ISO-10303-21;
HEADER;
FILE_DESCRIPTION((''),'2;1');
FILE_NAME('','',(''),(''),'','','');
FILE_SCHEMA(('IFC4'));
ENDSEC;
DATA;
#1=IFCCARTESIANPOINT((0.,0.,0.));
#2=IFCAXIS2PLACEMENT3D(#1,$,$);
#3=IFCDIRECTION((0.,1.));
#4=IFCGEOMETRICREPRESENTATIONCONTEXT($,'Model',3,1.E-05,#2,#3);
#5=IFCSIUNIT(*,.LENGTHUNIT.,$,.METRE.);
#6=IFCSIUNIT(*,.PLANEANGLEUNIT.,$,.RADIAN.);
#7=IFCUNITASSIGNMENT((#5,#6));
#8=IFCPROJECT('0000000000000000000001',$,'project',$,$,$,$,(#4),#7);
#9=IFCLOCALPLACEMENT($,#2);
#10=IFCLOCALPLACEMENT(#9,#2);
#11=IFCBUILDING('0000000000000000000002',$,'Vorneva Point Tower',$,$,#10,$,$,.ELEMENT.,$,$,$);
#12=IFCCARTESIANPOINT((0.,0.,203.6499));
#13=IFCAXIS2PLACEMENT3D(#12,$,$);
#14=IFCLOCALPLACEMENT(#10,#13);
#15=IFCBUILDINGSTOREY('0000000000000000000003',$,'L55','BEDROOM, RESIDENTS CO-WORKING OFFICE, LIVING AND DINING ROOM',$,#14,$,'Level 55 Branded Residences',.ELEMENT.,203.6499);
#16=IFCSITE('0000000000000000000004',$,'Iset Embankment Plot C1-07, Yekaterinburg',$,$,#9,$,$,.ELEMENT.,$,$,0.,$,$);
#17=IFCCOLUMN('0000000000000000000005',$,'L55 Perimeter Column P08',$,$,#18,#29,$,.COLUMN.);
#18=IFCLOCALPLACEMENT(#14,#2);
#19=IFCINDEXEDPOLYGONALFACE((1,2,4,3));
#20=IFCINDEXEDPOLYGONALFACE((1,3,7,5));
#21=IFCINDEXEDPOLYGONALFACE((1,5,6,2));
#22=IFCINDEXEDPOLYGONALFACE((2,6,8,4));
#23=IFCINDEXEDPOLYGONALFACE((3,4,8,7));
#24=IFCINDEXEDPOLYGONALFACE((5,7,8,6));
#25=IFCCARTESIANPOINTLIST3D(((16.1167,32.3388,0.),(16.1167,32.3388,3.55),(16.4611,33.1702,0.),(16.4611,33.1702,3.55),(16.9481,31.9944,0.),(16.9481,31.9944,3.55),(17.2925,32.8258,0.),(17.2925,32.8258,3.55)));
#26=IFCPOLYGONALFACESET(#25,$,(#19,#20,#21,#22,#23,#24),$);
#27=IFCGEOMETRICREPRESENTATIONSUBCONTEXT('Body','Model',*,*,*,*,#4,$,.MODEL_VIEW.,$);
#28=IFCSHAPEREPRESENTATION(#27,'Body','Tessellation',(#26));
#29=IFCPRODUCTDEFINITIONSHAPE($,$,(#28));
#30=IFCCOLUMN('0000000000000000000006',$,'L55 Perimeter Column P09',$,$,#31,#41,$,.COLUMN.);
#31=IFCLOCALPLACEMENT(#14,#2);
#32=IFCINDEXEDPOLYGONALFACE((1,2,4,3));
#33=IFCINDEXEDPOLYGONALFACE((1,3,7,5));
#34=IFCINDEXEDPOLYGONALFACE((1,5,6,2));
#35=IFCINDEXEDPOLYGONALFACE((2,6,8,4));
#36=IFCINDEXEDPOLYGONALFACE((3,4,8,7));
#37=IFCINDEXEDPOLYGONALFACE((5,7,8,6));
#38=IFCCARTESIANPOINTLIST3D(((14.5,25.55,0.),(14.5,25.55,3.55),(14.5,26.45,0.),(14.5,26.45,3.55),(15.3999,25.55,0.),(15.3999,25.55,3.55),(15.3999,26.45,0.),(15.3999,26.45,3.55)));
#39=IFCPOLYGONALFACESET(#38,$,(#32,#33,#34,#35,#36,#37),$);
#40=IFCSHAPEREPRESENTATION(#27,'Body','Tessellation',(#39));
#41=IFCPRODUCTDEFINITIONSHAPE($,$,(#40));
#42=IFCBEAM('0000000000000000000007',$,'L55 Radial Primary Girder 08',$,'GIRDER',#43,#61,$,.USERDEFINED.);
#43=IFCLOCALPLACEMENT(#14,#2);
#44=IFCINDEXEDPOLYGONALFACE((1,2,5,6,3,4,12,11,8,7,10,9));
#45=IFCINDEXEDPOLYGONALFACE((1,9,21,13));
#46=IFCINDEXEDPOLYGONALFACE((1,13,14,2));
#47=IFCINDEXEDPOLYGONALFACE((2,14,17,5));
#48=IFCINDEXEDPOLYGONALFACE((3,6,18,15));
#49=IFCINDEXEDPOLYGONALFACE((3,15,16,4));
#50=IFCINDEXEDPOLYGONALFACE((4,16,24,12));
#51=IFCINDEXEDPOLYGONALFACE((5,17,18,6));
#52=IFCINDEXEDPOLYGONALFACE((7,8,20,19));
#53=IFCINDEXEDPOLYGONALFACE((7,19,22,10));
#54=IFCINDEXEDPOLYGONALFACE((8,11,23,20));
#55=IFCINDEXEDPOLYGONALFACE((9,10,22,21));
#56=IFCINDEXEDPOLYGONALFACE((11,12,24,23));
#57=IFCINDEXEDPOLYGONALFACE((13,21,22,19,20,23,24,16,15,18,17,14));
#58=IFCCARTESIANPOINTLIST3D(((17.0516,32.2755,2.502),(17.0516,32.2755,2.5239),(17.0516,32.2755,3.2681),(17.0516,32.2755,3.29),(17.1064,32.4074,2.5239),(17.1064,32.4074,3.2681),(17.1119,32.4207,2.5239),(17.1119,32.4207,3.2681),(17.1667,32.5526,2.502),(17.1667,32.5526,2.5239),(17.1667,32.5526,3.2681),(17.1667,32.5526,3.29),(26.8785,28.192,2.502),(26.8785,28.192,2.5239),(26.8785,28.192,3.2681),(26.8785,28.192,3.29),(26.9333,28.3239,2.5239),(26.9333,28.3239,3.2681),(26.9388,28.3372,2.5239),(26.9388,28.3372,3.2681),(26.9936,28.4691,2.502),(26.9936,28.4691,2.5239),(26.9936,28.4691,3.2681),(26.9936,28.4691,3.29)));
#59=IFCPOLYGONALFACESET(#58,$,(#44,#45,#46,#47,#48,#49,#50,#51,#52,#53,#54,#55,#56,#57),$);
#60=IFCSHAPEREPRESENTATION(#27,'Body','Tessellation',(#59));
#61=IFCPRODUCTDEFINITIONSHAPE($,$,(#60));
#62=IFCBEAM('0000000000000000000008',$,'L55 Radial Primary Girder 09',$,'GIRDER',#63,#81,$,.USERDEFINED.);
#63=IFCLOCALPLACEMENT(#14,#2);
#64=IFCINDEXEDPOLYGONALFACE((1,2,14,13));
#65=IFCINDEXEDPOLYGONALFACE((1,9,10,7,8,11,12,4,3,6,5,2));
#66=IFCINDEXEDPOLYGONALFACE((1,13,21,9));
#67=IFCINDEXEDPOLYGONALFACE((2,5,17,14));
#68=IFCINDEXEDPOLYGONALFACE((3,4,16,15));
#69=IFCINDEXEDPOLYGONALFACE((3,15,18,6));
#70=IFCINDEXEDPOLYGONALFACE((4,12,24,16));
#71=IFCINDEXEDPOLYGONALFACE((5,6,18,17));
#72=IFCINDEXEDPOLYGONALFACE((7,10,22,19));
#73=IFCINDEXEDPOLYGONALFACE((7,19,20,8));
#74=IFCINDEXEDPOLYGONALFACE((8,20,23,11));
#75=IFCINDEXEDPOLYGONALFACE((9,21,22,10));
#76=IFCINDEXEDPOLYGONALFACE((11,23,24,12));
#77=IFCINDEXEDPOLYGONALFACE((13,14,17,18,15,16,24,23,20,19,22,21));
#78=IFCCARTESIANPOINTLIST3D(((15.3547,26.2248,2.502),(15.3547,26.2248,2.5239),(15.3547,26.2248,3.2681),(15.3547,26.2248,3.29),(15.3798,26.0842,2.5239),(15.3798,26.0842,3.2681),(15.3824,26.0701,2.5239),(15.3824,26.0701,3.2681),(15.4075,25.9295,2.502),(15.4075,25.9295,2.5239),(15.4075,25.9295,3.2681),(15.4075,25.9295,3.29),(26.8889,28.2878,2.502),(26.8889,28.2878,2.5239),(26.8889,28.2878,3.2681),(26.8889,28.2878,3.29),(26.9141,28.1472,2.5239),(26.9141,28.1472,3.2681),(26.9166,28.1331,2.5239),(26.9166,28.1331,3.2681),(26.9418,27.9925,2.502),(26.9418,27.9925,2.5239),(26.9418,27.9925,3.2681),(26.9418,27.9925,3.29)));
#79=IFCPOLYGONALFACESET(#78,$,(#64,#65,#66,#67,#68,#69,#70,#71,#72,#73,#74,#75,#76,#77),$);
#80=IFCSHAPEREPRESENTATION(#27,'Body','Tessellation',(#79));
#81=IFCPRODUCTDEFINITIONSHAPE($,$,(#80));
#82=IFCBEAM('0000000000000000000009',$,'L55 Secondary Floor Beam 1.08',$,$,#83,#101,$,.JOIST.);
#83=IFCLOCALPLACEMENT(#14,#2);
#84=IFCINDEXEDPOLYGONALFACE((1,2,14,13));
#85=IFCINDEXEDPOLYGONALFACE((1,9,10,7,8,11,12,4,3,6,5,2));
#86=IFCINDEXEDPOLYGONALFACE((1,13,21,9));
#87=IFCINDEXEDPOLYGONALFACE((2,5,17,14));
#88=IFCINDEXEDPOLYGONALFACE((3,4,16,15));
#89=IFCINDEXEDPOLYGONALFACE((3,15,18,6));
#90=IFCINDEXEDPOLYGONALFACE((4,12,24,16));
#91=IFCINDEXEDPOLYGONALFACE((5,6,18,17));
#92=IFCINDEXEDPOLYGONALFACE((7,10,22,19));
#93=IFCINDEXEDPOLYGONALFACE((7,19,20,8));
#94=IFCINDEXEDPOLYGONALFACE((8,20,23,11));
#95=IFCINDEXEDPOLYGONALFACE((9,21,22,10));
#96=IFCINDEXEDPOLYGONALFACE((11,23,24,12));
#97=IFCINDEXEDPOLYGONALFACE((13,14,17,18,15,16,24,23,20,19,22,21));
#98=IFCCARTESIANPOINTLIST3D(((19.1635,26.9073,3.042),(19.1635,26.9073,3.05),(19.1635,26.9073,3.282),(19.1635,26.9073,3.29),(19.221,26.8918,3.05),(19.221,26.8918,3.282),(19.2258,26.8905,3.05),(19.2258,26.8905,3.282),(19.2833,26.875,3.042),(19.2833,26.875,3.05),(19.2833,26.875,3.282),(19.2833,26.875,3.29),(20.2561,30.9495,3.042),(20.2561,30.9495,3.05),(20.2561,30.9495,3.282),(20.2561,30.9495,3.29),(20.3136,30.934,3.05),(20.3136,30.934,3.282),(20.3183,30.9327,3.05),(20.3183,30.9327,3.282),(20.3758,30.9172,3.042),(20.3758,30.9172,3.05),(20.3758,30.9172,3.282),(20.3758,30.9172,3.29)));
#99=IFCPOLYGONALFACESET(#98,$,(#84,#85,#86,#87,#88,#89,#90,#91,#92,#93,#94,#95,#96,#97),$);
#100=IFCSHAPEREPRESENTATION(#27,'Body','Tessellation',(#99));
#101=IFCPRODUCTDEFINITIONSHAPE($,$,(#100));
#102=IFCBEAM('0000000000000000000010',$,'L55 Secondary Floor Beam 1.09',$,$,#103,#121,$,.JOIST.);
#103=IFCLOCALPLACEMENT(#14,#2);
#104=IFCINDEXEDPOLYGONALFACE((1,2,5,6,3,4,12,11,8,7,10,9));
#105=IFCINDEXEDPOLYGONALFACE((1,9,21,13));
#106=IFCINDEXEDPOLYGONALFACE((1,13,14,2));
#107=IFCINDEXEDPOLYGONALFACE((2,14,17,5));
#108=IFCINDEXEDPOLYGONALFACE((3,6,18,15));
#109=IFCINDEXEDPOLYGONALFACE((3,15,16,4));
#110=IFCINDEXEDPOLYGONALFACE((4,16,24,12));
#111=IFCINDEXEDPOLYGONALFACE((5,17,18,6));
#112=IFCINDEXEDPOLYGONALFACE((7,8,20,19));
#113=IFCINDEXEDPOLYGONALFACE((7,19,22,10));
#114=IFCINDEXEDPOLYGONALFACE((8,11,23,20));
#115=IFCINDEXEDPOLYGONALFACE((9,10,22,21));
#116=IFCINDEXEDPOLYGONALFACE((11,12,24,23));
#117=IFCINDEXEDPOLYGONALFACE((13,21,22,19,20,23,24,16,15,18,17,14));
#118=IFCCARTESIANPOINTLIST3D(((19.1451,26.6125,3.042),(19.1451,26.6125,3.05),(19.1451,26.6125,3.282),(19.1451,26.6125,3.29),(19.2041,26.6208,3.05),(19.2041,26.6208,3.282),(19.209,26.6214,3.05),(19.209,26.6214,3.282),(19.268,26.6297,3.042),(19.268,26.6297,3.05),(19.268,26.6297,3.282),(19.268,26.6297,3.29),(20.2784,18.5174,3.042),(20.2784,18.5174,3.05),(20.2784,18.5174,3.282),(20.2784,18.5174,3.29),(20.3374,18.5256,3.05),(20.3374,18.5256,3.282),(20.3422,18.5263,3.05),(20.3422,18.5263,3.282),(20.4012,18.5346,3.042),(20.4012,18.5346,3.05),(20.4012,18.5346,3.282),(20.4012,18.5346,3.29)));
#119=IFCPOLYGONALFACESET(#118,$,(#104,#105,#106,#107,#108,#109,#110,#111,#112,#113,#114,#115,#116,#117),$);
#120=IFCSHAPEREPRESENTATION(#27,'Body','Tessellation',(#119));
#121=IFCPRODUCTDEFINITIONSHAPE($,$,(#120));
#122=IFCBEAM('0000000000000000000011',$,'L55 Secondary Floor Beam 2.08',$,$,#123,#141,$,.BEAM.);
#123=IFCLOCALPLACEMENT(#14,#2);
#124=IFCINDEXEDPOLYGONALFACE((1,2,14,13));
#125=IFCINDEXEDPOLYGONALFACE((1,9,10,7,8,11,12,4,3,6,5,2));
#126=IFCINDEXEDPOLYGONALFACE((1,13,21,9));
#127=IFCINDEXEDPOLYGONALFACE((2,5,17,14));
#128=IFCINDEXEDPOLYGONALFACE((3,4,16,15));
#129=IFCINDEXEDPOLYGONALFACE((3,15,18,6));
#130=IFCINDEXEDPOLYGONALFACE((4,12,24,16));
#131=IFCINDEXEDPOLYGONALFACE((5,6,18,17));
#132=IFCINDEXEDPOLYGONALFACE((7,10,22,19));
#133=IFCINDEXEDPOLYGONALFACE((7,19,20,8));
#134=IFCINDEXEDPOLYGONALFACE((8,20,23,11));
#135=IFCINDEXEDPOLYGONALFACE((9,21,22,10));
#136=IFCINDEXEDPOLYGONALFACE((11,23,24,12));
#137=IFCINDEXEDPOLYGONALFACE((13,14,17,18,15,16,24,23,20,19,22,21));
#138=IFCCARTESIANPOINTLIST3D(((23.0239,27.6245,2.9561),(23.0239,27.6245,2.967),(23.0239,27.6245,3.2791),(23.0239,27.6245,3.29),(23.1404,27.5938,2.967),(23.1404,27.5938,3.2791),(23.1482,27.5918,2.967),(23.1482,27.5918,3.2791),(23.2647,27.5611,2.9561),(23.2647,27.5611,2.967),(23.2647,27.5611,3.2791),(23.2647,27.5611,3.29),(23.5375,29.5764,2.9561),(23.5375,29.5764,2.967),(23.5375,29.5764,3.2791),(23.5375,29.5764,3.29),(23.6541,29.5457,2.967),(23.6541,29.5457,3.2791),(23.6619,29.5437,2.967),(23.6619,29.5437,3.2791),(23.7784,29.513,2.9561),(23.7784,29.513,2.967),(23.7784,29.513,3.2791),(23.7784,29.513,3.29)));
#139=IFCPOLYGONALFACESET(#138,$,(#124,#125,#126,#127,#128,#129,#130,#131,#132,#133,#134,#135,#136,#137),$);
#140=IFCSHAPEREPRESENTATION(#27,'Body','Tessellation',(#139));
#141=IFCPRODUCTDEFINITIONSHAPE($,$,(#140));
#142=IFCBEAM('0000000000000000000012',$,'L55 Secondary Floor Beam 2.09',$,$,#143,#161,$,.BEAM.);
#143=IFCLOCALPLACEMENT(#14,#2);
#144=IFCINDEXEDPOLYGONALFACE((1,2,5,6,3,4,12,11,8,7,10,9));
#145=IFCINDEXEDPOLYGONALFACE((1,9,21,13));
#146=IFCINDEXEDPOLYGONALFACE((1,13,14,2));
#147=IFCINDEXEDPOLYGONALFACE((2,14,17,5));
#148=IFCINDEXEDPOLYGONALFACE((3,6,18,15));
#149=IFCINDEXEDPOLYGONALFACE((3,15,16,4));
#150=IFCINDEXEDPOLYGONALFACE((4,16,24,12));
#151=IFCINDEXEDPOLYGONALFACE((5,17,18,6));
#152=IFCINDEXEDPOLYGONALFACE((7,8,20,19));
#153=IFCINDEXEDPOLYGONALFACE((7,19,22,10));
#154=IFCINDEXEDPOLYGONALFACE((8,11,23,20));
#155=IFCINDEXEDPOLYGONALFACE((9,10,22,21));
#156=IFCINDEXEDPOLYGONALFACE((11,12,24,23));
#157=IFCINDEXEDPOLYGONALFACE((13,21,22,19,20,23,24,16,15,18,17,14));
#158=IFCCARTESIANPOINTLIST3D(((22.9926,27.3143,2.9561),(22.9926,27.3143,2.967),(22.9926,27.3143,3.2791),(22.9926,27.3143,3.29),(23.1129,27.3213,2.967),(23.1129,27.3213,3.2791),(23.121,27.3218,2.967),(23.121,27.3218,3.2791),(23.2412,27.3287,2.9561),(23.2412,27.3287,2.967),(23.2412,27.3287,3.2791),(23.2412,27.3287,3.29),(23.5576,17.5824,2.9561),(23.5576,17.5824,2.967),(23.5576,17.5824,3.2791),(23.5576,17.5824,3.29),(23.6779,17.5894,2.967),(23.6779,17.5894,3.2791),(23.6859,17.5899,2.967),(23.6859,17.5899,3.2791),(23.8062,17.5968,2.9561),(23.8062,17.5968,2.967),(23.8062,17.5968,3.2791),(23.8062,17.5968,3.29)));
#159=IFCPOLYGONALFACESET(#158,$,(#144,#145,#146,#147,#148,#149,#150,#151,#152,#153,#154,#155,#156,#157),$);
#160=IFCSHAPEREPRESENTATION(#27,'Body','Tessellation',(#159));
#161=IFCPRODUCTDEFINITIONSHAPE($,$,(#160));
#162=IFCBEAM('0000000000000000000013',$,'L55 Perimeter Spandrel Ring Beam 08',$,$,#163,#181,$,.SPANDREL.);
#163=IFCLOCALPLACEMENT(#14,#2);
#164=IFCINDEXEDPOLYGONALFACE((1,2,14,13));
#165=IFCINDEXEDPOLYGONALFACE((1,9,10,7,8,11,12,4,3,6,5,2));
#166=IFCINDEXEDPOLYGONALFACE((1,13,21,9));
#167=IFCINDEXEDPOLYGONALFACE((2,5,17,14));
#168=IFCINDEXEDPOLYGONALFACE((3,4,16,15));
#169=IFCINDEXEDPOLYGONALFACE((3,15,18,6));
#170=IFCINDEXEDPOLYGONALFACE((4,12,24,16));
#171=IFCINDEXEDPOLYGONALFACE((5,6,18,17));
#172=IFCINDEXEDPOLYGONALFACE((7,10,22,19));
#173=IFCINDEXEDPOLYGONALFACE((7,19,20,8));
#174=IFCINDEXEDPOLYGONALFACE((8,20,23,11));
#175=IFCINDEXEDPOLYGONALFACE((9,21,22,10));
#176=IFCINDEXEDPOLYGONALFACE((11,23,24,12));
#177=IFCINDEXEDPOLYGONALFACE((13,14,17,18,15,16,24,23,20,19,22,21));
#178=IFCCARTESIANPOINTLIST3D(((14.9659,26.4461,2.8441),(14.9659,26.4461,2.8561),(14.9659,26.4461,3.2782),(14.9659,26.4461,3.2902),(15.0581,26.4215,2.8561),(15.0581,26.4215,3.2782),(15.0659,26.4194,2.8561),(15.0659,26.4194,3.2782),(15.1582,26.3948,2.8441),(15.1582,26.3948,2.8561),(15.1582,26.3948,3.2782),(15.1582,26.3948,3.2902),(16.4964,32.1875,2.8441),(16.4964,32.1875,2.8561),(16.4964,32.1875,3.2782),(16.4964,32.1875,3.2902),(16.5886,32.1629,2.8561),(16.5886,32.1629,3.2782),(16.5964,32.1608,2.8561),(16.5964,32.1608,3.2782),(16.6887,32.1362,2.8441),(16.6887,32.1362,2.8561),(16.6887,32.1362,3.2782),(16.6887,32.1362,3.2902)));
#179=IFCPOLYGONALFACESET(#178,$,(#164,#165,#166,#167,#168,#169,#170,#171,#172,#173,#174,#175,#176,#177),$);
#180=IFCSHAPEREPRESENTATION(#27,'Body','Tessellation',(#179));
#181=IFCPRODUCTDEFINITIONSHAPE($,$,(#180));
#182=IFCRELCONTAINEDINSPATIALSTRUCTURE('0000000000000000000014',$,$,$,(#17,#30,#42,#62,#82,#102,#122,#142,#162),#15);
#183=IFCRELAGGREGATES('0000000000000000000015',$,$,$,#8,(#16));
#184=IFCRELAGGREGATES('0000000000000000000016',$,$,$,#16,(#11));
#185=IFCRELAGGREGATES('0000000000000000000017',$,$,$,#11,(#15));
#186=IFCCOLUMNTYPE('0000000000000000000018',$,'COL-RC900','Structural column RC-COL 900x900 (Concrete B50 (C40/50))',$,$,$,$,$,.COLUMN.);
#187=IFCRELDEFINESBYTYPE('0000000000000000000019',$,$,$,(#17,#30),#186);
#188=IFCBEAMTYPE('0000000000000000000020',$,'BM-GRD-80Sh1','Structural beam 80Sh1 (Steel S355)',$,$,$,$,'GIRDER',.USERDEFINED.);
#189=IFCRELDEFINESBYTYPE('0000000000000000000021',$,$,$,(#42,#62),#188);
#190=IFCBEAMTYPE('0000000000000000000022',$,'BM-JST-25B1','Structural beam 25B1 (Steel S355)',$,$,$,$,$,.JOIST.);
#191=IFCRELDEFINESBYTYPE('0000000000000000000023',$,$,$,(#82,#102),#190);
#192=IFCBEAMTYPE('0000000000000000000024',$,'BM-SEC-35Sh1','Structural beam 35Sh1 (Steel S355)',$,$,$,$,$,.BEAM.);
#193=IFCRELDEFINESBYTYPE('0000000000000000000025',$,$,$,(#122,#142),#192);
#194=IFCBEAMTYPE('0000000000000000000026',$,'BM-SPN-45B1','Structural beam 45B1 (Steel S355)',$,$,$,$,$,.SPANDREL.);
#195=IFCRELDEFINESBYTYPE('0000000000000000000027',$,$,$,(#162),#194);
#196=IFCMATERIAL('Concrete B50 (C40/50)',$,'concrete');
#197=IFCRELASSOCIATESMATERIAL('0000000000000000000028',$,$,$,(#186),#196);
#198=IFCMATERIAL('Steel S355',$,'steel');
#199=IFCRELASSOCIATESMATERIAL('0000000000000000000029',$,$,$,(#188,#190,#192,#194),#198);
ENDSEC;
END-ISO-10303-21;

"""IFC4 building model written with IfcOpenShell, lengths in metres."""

from ifc_helpers import new_model, si_unit, direction, frame, origin, origin_2d, place, context, subcontext, project, spatial, rectangle, i_section, extrude, material, material_profile, profile_set, type_object, element, save


model = new_model("IFC4")

# Units and contexts
model_context = context("Model", 3, precision=1e-05, world=origin(), true_north=direction((0.0, 1.0)))
body_context = subcontext(model_context, "Body", "Model", "MODEL_VIEW")
ifc_project = project(units=[si_unit("LENGTHUNIT", "METRE"), si_unit("PLANEANGLEUNIT", "RADIAN")], contexts=[model_context])

# Site, building, storey
site_placement = place(None, origin())
site = spatial("IfcSite", under=ifc_project, at=site_placement, Name="Iset Embankment Plot C1-07, Yekaterinburg", CompositionType="ELEMENT", RefElevation=0.0)
building_placement = place(site_placement, origin())
building = spatial("IfcBuilding", under=site, at=building_placement, Name="Vorneva Point Tower", CompositionType="ELEMENT")
storey_placement = place(building_placement, frame((0.0, 0.0, 203.6499)))
storey = spatial("IfcBuildingStorey", under=building, at=storey_placement, Name="L55", Description="BEDROOM, RESIDENTS CO-WORKING OFFICE, LIVING AND DINING ROOM", LongName="Level 55 Branded Residences", CompositionType="ELEMENT", Elevation=203.6499)

# Columns
ifc_material_1 = material(Name="Concrete B50 (C40/50)", Category="concrete")
ifc_material_profile_1 = material_profile(ifc_material_1, rectangle(XDim=0.8999, YDim=0.8999, at=origin_2d()), Name="RC-COL 900x900")
ifc_profile_set_1 = profile_set([ifc_material_profile_1], Name="Concrete B50 (C40/50)")
column_type = type_object("IfcColumnType", Name="COL-RC900", Description="Structural column RC-COL 900x900 (Concrete B50 (C40/50))", PredefinedType="COLUMN", material=ifc_profile_set_1)
for number, where, z_axis, x_axis, name in (
    (1, (16.7046, 32.5823, 0.0), (0.0, 0.0, 1.0), (-0.92388, 0.382683, 0.0), "L55 Perimeter Column P08"),
    (2, (14.95, 26.0, 0.0), (0.0, 0.0, 1.0), (-1.0, 0.0, 0.0), "L55 Perimeter Column P09"),
):
    element("IfcColumn", number, at=place(storey_placement, frame(where, z_axis=z_axis, x_axis=x_axis)), inside=storey, type_object=column_type, Name=name, PredefinedType="COLUMN", context=body_context, shape_type="SweptSolid", body=[
        extrude(rectangle(XDim=0.8999, YDim=0.8999, at=origin_2d()), origin(), (0.0, 0.0, 1.0), 3.55),
    ])

# Beams
ifc_material_2 = material(Name="Steel S355", Category="steel")
ifc_material_profile_2 = material_profile(ifc_material_2, i_section(OverallWidth=0.3, OverallDepth=0.7881, WebThickness=0.0144, FlangeThickness=0.022, at=origin_2d()), Name="80Sh1")
ifc_profile_set_2 = profile_set([ifc_material_profile_2], Name="Steel S355")
beam_type_1 = type_object("IfcBeamType", Name="BM-GRD-80Sh1", Description="Structural beam 80Sh1 (Steel S355)", ElementType="GIRDER", PredefinedType="USERDEFINED", material=ifc_profile_set_2)
beam_1_placement = place(storey_placement, frame((17.1091, 32.4141, 2.896), z_axis=(0.923445, -0.383731, 0.0), x_axis=(0.383731, 0.923445, 0.0)))
element("IfcBeam", 3, at=beam_1_placement, inside=storey, type_object=beam_type_1, Name="L55 Radial Primary Girder 08", ObjectType="GIRDER", PredefinedType="USERDEFINED", context=body_context, shape_type="SweptSolid", body=[
    extrude(i_section(OverallWidth=0.3, OverallDepth=0.7881, WebThickness=0.0144, FlangeThickness=0.022, at=origin_2d()), origin(), (0.0, 0.0, 1.0), 10.6416),
])
beam_2_placement = place(storey_placement, frame((15.3811, 26.0771, 2.896), z_axis=(0.984379, 0.176065, 0.0), x_axis=(-0.176065, 0.984379, 0.0)))
element("IfcBeam", 4, at=beam_2_placement, inside=storey, type_object=beam_type_1, Name="L55 Radial Primary Girder 09", ObjectType="GIRDER", PredefinedType="USERDEFINED", context=body_context, shape_type="SweptSolid", body=[
    extrude(i_section(OverallWidth=0.3, OverallDepth=0.7881, WebThickness=0.0144, FlangeThickness=0.022, at=origin_2d()), origin(), (0.0, 0.0, 1.0), 11.7173),
])
ifc_material_profile_3 = material_profile(ifc_material_2, i_section(OverallWidth=0.124, OverallDepth=0.248, WebThickness=0.0049, FlangeThickness=0.0081, at=origin_2d()), Name="25B1")
ifc_profile_set_3 = profile_set([ifc_material_profile_3], Name="Steel S355")
beam_type_2 = type_object("IfcBeamType", Name="BM-JST-25B1", Description="Structural beam 25B1 (Steel S355)", PredefinedType="JOIST", material=ifc_profile_set_3)
beam_3_placement = place(storey_placement, frame((20.3159, 30.9333, 3.166), z_axis=(-0.260916, -0.965361, 0.0), x_axis=(0.965361, -0.260916, 0.0)))
element("IfcBeam", 5, at=beam_3_placement, inside=storey, type_object=beam_type_2, Name="L55 Secondary Floor Beam 1.08", PredefinedType="JOIST", context=body_context, shape_type="SweptSolid", body=[
    extrude(i_section(OverallWidth=0.124, OverallDepth=0.248, WebThickness=0.0049, FlangeThickness=0.0081, at=origin_2d()), origin(), (0.0, 0.0, 1.0), 4.1873),
])
beam_4_placement = place(storey_placement, frame((19.2065, 26.6211, 3.166), z_axis=(0.138644, -0.990342, 0.0), x_axis=(0.990342, 0.138644, 0.0)))
element("IfcBeam", 6, at=beam_4_placement, inside=storey, type_object=beam_type_2, Name="L55 Secondary Floor Beam 1.09", PredefinedType="JOIST", context=body_context, shape_type="SweptSolid", body=[
    extrude(i_section(OverallWidth=0.124, OverallDepth=0.248, WebThickness=0.0049, FlangeThickness=0.0081, at=origin_2d()), origin(), (0.0, 0.0, 1.0), 8.1741),
])
ifc_material_profile_4 = material_profile(ifc_material_2, i_section(OverallWidth=0.249, OverallDepth=0.334, WebThickness=0.0081, FlangeThickness=0.011, at=origin_2d()), Name="35Sh1")
ifc_profile_set_4 = profile_set([ifc_material_profile_4], Name="Steel S355")
beam_type_3 = type_object("IfcBeamType", Name="BM-SEC-35Sh1", Description="Structural beam 35Sh1 (Steel S355)", PredefinedType="BEAM", material=ifc_profile_set_4)
beam_5_placement = place(storey_placement, frame((23.658, 29.5447, 3.123), z_axis=(-0.254499, -0.967073, 0.0), x_axis=(0.967073, -0.254499, 0.0)))
element("IfcBeam", 7, at=beam_5_placement, inside=storey, type_object=beam_type_3, Name="L55 Secondary Floor Beam 2.08", PredefinedType="BEAM", context=body_context, shape_type="SweptSolid", body=[
    extrude(i_section(OverallWidth=0.249, OverallDepth=0.334, WebThickness=0.0081, FlangeThickness=0.011, at=origin_2d()), origin(), (0.0, 0.0, 1.0), 2.0183),
])
beam_6_placement = place(storey_placement, frame((23.1169, 27.3215, 3.123), z_axis=(0.057953, -0.998319, 0.0), x_axis=(0.998319, 0.057953, 0.0)))
element("IfcBeam", 8, at=beam_6_placement, inside=storey, type_object=beam_type_3, Name="L55 Secondary Floor Beam 2.09", PredefinedType="BEAM", context=body_context, shape_type="SweptSolid", body=[
    extrude(i_section(OverallWidth=0.249, OverallDepth=0.334, WebThickness=0.0081, FlangeThickness=0.011, at=origin_2d()), origin(), (0.0, 0.0, 1.0), 9.7483),
])
ifc_material_profile_5 = material_profile(ifc_material_2, i_section(OverallWidth=0.199, OverallDepth=0.446, WebThickness=0.0081, FlangeThickness=0.012, at=origin_2d()), Name="45B1")
ifc_profile_set_5 = profile_set([ifc_material_profile_5], Name="Steel S355")
beam_type_4 = type_object("IfcBeamType", Name="BM-SPN-45B1", Description="Structural beam 45B1 (Steel S355)", PredefinedType="SPANDREL", material=ifc_profile_set_5)
for number, where, z_axis, x_axis, name in (
    (9, (16.5925, 32.1619, 3.0671), (-0.257578, -0.966257, 0.0), (0.966257, -0.257578, 0.0), "L55 Perimeter Spandrel Ring Beam 08"),
):
    element("IfcBeam", number, at=place(storey_placement, frame(where, z_axis=z_axis, x_axis=x_axis)), inside=storey, type_object=beam_type_4, Name=name, PredefinedType="SPANDREL", context=body_context, shape_type="SweptSolid", body=[
        extrude(i_section(OverallWidth=0.199, OverallDepth=0.446, WebThickness=0.0081, FlangeThickness=0.012, at=origin_2d()), origin(), (0.0, 0.0, 1.0), 5.9419),
    ])

save(model, "model.ifc")
